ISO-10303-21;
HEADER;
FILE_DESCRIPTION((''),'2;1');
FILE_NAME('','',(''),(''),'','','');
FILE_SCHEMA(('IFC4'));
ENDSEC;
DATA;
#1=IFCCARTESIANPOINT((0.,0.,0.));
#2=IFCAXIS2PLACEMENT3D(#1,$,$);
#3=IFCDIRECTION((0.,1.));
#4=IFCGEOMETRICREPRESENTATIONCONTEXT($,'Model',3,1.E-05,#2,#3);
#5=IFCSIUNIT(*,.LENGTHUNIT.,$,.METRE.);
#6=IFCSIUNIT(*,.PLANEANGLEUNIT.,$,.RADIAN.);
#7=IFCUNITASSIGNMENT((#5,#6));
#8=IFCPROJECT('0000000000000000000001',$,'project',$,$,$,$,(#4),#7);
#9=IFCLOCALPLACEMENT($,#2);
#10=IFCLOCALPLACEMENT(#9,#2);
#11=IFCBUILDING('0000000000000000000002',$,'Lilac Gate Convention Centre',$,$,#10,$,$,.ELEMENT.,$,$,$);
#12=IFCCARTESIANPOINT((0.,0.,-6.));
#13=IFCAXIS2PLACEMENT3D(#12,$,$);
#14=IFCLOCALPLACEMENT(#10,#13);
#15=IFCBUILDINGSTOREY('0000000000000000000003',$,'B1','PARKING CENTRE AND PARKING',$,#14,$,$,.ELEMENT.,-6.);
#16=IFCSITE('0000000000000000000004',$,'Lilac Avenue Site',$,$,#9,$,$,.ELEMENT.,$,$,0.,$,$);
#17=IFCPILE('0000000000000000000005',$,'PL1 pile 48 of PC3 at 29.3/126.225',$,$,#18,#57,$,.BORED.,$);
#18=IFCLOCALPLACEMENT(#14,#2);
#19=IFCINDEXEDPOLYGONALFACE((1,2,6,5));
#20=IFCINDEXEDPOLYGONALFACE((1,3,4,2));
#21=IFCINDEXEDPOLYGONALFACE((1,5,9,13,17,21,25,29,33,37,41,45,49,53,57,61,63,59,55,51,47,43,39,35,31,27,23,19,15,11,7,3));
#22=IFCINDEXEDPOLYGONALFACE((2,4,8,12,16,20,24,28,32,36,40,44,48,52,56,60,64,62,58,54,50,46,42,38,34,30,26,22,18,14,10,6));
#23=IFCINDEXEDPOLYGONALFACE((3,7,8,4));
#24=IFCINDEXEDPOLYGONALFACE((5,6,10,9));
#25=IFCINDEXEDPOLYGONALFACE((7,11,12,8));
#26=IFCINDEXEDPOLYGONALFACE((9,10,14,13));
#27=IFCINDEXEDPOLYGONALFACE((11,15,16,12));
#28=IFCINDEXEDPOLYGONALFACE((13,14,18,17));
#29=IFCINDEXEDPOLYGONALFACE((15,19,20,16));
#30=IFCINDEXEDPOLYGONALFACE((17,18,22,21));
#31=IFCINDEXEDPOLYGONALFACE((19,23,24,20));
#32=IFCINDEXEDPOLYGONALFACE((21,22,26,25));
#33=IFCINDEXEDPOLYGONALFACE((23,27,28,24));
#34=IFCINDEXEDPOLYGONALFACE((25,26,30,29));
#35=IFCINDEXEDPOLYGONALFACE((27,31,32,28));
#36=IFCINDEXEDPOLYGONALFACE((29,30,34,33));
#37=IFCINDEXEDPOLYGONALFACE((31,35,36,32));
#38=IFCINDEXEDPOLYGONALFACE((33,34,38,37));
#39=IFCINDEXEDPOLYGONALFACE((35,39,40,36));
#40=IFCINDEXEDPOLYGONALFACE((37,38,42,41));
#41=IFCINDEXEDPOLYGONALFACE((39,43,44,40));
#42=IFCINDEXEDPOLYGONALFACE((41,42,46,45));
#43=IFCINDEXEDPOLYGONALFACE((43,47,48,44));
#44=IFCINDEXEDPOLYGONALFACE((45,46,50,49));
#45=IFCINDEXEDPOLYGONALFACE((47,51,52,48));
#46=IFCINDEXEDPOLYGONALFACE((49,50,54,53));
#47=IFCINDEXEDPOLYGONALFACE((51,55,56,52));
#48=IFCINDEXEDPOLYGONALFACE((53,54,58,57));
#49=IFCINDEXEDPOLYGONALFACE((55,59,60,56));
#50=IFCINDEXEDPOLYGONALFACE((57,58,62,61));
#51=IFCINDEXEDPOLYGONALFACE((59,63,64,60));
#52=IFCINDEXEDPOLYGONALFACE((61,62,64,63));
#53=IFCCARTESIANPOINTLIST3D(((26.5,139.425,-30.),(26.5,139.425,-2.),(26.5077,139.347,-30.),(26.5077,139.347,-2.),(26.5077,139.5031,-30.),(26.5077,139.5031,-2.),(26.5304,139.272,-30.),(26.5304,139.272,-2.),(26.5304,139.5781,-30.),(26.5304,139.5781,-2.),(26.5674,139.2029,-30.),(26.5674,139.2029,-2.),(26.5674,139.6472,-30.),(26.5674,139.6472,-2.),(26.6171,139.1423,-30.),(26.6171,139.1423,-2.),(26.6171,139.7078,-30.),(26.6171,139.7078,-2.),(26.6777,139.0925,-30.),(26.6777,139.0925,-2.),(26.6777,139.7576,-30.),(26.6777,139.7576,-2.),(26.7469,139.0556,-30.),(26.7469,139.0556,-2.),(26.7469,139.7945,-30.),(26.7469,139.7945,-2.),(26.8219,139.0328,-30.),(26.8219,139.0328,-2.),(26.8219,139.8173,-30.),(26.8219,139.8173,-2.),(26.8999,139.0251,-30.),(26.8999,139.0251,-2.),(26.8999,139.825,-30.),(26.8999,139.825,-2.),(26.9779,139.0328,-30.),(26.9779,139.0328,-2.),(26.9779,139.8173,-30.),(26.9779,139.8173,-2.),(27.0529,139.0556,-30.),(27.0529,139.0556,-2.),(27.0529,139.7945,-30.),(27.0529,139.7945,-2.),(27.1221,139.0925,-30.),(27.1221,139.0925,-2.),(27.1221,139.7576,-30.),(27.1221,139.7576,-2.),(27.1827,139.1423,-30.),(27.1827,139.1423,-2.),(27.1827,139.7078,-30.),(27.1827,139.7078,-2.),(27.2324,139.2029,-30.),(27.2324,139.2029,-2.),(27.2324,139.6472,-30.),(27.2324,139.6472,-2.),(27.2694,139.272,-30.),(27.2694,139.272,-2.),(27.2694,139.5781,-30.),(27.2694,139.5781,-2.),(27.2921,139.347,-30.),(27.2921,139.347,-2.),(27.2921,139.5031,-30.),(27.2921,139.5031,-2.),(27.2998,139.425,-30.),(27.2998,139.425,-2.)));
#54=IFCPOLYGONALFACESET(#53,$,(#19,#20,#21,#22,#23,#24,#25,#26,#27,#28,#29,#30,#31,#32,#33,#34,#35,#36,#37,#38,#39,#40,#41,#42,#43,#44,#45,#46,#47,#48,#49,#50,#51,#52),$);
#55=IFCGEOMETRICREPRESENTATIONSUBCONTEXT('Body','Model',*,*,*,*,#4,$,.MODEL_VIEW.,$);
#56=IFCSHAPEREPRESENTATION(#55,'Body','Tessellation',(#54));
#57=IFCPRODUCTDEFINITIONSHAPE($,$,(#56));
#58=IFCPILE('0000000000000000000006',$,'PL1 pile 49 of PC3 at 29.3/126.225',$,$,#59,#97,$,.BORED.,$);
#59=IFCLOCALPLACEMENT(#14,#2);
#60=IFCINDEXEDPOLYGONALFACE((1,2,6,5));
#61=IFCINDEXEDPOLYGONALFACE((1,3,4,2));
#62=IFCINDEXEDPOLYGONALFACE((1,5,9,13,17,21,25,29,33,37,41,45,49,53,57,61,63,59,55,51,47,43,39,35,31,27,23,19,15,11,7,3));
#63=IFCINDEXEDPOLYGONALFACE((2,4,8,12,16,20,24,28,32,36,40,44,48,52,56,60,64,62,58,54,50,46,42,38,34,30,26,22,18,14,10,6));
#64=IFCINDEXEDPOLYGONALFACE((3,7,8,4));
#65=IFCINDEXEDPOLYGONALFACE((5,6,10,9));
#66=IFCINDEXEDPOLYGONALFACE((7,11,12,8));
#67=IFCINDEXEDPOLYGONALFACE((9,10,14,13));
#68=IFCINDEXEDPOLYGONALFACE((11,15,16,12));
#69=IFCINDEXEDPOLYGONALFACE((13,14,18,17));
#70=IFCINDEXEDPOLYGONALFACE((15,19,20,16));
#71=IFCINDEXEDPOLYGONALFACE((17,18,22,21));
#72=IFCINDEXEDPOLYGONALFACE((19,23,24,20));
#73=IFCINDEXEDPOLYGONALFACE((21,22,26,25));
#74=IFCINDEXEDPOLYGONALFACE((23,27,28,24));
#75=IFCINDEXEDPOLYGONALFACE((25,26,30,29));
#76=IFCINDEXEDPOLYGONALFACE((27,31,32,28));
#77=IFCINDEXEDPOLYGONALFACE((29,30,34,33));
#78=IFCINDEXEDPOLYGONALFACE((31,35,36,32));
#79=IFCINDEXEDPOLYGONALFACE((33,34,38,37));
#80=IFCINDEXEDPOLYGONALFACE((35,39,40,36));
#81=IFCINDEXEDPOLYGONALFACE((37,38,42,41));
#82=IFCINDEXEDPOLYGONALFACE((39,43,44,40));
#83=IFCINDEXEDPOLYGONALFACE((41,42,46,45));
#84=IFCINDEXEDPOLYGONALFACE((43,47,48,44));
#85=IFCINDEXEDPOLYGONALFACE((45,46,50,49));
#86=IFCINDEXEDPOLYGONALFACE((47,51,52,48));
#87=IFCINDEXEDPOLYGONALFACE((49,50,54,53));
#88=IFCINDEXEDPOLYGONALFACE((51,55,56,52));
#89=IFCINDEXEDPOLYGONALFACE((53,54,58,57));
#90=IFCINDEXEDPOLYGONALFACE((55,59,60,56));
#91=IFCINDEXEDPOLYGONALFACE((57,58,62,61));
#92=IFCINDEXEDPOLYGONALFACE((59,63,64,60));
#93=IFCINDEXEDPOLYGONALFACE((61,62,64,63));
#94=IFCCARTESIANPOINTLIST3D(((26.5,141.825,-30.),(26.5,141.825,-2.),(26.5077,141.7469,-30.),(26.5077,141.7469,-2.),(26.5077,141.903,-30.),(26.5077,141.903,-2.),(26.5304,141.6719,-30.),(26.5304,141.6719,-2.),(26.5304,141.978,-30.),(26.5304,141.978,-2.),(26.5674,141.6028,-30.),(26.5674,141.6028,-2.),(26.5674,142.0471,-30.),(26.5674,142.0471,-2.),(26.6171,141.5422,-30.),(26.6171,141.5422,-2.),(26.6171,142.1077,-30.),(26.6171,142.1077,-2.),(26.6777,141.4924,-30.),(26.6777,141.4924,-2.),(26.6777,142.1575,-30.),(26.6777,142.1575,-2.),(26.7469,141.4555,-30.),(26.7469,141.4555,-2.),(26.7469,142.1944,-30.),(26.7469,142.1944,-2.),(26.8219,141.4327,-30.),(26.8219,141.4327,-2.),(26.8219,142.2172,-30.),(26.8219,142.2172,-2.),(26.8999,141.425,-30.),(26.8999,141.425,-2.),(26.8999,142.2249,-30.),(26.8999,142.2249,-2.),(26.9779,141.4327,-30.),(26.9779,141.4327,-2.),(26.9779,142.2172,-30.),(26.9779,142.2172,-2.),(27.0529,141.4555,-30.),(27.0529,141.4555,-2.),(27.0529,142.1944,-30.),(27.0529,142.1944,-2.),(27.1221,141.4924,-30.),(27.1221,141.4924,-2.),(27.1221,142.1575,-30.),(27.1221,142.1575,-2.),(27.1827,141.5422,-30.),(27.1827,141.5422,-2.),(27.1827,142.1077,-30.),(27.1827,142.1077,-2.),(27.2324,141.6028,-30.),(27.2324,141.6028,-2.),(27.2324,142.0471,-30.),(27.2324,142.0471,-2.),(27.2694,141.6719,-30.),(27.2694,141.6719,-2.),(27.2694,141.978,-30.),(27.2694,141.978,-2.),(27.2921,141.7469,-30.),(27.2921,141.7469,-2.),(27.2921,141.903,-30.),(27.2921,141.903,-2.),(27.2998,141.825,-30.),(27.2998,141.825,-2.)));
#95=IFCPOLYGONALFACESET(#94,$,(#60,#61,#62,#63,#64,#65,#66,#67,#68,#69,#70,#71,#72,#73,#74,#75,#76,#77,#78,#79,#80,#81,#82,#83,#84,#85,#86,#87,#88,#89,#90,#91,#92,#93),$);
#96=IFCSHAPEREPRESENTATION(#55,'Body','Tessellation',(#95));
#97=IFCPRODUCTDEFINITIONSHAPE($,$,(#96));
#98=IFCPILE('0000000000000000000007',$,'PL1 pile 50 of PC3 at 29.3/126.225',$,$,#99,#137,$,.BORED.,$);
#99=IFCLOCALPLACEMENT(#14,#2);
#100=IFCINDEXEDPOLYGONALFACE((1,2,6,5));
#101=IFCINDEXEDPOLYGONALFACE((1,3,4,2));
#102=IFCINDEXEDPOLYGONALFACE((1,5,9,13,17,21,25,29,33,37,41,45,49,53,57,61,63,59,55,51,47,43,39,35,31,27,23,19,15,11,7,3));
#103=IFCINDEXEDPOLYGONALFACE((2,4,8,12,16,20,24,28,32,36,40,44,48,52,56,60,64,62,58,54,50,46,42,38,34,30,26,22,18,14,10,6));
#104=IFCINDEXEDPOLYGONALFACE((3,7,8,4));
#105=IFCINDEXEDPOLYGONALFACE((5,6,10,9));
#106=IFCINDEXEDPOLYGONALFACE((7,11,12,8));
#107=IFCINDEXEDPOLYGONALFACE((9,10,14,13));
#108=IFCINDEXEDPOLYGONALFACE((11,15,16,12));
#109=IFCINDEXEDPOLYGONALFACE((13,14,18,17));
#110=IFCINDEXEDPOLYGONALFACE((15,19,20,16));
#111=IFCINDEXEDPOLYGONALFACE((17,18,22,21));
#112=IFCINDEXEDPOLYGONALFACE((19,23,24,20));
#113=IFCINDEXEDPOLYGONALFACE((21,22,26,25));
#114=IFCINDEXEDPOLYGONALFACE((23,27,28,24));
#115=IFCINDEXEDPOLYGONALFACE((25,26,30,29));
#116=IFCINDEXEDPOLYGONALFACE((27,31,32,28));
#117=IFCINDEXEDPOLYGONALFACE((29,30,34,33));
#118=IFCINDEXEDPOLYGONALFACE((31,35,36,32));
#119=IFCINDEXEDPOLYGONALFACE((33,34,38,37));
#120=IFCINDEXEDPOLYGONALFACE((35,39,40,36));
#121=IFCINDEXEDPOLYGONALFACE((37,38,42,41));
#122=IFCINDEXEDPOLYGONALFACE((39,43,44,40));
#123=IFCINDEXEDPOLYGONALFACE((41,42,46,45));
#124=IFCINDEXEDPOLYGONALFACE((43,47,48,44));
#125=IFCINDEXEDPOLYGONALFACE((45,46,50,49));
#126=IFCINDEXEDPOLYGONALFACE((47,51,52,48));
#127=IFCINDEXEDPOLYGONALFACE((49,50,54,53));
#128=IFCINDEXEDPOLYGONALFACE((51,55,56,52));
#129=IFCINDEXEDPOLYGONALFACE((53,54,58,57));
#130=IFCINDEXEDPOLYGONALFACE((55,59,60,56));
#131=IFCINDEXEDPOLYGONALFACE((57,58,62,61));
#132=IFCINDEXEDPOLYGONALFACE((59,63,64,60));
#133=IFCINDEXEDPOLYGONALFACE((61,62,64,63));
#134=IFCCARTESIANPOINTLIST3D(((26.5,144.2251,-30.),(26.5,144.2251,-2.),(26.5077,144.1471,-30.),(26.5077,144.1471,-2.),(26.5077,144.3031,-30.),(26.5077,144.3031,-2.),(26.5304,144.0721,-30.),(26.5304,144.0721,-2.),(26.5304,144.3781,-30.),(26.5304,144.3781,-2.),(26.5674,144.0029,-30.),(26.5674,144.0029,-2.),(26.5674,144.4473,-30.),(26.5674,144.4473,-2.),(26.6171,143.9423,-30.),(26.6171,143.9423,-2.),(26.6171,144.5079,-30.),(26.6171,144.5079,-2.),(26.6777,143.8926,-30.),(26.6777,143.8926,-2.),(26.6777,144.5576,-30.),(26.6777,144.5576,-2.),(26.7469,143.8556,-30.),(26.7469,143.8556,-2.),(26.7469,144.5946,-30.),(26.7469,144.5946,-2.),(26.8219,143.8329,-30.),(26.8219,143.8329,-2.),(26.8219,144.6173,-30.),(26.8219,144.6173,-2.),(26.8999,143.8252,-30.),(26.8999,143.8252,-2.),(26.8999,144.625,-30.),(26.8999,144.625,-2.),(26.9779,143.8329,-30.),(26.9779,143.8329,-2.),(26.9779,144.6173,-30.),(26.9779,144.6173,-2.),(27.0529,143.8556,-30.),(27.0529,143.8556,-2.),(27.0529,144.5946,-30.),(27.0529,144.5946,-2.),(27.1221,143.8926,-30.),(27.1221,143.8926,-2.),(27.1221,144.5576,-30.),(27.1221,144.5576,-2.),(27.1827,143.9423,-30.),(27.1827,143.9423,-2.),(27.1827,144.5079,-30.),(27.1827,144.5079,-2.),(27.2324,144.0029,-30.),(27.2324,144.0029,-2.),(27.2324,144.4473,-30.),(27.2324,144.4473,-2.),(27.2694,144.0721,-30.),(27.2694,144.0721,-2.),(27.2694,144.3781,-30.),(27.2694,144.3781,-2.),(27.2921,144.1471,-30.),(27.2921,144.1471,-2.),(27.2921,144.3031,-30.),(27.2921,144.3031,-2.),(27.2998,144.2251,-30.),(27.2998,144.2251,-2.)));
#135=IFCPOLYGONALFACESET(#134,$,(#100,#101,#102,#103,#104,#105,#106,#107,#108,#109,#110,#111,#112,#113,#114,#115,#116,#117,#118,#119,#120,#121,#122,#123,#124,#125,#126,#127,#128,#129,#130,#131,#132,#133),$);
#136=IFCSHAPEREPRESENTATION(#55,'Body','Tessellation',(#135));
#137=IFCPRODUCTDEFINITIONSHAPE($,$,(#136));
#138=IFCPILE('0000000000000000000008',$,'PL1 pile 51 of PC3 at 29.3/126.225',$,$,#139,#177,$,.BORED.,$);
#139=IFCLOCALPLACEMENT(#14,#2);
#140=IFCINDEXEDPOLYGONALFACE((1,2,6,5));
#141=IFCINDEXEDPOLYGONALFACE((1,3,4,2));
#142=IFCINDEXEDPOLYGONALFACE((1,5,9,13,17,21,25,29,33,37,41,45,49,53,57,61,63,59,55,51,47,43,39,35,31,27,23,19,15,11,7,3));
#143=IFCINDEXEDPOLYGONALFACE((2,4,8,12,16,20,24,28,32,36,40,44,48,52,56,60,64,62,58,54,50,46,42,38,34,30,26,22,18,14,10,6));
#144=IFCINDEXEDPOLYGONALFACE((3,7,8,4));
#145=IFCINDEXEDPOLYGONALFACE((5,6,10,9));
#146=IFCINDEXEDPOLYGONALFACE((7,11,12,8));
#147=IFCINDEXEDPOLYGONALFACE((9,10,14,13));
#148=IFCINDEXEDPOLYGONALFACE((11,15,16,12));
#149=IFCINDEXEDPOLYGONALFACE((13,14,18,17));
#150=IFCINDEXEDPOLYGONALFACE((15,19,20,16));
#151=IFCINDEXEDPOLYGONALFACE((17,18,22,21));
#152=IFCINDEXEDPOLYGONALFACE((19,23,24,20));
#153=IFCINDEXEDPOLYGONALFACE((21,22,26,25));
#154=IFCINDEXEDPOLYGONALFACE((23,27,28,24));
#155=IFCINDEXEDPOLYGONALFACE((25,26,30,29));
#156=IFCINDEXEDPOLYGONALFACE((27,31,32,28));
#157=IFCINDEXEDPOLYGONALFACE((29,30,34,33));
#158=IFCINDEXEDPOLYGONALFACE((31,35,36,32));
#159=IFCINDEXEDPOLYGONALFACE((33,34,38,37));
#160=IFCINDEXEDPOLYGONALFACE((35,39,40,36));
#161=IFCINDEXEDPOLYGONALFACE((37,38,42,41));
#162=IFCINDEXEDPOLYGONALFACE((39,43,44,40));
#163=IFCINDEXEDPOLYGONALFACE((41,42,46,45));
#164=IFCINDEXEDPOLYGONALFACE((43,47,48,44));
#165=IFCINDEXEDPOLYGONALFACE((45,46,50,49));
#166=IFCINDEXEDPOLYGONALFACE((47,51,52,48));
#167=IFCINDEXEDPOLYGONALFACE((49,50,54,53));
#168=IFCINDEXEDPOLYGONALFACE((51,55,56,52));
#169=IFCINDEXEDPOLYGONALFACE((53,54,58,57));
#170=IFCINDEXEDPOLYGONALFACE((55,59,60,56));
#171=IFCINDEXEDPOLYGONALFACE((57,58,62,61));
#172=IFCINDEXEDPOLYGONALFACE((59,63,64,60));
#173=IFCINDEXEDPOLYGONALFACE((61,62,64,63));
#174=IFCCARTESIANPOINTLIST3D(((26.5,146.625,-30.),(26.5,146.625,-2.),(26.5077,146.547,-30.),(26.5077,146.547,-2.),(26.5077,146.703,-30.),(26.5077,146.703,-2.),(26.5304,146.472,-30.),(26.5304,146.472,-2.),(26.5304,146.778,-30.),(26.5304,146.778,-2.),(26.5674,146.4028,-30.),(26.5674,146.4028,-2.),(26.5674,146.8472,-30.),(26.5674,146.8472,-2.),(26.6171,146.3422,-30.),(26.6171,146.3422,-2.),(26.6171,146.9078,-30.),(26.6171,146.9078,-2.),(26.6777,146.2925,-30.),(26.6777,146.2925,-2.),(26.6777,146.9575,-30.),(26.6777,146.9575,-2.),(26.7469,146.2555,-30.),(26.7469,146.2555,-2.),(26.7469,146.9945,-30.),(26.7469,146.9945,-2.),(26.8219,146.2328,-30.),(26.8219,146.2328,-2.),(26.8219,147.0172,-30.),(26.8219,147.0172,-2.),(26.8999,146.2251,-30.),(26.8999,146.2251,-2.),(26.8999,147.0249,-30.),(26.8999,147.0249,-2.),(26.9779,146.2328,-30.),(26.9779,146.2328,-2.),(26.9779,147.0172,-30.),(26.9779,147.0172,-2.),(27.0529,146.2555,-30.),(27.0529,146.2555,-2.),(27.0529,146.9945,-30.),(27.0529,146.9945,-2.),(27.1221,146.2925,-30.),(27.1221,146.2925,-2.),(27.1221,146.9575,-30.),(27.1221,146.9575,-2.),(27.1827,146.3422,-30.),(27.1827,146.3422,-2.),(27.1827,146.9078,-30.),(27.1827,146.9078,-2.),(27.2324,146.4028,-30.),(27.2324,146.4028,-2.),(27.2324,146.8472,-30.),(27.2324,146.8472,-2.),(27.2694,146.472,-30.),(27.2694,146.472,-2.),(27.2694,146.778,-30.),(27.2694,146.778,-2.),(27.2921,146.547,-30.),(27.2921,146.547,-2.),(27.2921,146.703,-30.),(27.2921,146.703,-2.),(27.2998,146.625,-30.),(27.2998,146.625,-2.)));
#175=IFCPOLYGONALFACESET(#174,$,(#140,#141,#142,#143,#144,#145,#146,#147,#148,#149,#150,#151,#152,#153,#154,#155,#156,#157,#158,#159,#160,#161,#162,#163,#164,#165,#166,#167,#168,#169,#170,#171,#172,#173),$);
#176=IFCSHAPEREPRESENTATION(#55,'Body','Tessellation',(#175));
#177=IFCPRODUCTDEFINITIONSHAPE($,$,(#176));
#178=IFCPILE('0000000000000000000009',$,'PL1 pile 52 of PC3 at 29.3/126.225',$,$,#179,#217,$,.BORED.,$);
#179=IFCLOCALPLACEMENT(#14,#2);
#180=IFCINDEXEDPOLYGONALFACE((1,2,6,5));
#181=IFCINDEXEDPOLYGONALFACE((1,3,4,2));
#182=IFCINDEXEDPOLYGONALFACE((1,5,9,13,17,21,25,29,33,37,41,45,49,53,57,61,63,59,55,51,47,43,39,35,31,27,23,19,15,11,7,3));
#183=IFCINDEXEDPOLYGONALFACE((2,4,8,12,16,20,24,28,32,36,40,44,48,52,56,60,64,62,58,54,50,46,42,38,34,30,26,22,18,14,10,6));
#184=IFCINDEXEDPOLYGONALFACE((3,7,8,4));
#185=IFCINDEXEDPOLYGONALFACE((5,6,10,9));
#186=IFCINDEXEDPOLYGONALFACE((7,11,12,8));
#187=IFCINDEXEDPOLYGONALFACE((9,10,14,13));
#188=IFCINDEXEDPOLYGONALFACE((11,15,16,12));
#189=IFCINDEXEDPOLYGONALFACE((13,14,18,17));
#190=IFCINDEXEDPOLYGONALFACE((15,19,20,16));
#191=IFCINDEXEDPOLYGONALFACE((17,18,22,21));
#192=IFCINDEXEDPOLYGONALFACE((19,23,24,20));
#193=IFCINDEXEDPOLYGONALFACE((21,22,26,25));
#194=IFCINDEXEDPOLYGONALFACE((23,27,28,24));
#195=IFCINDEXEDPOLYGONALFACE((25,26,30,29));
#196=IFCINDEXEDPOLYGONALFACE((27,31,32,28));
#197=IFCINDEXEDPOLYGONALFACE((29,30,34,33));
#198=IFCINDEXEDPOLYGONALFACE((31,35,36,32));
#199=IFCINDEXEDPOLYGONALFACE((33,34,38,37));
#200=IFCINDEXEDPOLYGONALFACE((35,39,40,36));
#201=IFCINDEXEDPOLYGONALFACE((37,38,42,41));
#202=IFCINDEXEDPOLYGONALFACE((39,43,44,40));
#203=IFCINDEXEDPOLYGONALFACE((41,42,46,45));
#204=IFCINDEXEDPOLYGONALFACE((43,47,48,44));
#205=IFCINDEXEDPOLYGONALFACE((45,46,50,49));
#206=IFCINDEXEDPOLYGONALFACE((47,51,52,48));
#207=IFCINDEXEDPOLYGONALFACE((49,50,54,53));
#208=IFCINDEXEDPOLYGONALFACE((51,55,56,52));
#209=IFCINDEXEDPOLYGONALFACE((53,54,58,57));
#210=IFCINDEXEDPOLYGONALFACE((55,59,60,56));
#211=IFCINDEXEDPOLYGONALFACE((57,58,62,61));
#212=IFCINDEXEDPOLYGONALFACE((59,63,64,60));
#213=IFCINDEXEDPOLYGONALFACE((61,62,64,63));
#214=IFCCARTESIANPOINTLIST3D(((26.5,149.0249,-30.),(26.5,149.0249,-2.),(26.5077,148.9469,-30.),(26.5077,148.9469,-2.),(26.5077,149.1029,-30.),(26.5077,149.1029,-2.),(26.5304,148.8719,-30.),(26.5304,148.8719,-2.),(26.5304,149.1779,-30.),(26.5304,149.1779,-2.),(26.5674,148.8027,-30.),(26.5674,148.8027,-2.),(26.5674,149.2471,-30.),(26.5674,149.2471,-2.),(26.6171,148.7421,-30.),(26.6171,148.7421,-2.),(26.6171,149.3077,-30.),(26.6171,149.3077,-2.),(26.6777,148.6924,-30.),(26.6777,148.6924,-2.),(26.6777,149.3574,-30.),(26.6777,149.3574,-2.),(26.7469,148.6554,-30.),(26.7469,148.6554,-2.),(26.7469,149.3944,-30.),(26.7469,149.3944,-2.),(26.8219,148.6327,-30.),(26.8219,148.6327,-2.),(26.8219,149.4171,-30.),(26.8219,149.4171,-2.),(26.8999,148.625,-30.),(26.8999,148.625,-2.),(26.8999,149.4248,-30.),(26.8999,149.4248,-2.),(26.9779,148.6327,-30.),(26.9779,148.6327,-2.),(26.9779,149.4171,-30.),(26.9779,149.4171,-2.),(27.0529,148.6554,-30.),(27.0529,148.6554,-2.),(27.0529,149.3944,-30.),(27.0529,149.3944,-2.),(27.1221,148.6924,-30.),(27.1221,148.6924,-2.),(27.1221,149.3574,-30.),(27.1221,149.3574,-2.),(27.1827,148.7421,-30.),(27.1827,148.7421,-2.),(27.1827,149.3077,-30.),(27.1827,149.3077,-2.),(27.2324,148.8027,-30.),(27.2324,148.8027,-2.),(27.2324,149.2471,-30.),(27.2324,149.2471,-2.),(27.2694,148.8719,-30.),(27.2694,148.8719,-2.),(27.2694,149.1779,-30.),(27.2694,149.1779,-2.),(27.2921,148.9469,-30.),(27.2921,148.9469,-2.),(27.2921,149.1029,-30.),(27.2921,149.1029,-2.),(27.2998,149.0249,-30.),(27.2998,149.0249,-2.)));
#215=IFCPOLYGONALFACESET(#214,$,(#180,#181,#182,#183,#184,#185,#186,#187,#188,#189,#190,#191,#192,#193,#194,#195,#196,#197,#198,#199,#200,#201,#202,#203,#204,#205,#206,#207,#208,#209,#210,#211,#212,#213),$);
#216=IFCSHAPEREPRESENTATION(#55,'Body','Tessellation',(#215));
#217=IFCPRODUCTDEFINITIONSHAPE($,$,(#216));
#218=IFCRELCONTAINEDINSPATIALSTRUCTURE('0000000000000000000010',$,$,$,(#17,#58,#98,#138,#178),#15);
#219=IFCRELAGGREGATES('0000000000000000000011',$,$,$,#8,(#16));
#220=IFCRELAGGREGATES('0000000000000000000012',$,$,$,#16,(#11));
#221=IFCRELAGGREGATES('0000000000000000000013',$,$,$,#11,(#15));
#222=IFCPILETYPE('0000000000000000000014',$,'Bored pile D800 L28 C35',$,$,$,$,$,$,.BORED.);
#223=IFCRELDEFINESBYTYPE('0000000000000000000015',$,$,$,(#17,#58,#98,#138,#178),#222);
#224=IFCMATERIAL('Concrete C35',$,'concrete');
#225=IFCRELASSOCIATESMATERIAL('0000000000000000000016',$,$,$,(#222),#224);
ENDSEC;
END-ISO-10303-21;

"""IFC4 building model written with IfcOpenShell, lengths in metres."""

from ifc_helpers import new_model, si_unit, direction, frame, origin, origin_2d, place, context, subcontext, project, spatial, circle, extrude, material, material_profile, profile_set, type_object, element, save


model = new_model("IFC4")

# Units and contexts
model_context = context("Model", 3, precision=1e-05, world=origin(), true_north=direction((0.0, 1.0)))
body_context = subcontext(model_context, "Body", "Model", "MODEL_VIEW")
ifc_project = project(units=[si_unit("LENGTHUNIT", "METRE"), si_unit("PLANEANGLEUNIT", "RADIAN")], contexts=[model_context])

# Site, building, storey
site_placement = place(None, origin())
site = spatial("IfcSite", under=ifc_project, at=site_placement, Name="Lilac Avenue Site", CompositionType="ELEMENT", RefElevation=0.0)
building_placement = place(site_placement, origin())
building = spatial("IfcBuilding", under=site, at=building_placement, Name="Lilac Gate Convention Centre", CompositionType="ELEMENT")
storey_placement = place(building_placement, frame((0.0, 0.0, -6.0)))
storey = spatial("IfcBuildingStorey", under=building, at=storey_placement, Name="B1", Description="PARKING CENTRE AND PARKING", CompositionType="ELEMENT", Elevation=-6.0)

# Piles
ifc_material_1 = material(Name="Concrete C35", Category="concrete")
ifc_material_profile_1 = material_profile(ifc_material_1, circle(Radius=0.3999, at=origin_2d()), Name="D800")
ifc_profile_set_1 = profile_set([ifc_material_profile_1], Name="Concrete C35")
pile_type = type_object("IfcPileType", Name="Bored pile D800 L28 C35", PredefinedType="BORED", material=ifc_profile_set_1)
for number, where, z_axis, x_axis, name in (
    (1, (26.8999, 139.425, -2.0), (0.0, 0.0, -1.0), (1.0, 0.0, 0.0), "PL1 pile 48 of PC3 at 29.3/126.225"),
    (2, (26.8999, 141.825, -2.0), (0.0, 0.0, -1.0), (1.0, 0.0, 0.0), "PL1 pile 49 of PC3 at 29.3/126.225"),
    (3, (26.8999, 144.2251, -2.0), (0.0, 0.0, -1.0), (1.0, 0.0, 0.0), "PL1 pile 50 of PC3 at 29.3/126.225"),
    (4, (26.8999, 146.625, -2.0), (0.0, 0.0, -1.0), (1.0, 0.0, 0.0), "PL1 pile 51 of PC3 at 29.3/126.225"),
    (5, (26.8999, 149.0249, -2.0), (0.0, 0.0, -1.0), (1.0, 0.0, 0.0), "PL1 pile 52 of PC3 at 29.3/126.225"),
):
    element("IfcPile", number, at=place(storey_placement, frame(where, z_axis=z_axis, x_axis=x_axis)), inside=storey, type_object=pile_type, Name=name, PredefinedType="BORED", context=body_context, shape_type="SweptSolid", body=[
        extrude(circle(Radius=0.3999, at=origin_2d()), origin(), (0.0, 0.0, 1.0), 28.0),
    ])

save(model, "model.ifc")
